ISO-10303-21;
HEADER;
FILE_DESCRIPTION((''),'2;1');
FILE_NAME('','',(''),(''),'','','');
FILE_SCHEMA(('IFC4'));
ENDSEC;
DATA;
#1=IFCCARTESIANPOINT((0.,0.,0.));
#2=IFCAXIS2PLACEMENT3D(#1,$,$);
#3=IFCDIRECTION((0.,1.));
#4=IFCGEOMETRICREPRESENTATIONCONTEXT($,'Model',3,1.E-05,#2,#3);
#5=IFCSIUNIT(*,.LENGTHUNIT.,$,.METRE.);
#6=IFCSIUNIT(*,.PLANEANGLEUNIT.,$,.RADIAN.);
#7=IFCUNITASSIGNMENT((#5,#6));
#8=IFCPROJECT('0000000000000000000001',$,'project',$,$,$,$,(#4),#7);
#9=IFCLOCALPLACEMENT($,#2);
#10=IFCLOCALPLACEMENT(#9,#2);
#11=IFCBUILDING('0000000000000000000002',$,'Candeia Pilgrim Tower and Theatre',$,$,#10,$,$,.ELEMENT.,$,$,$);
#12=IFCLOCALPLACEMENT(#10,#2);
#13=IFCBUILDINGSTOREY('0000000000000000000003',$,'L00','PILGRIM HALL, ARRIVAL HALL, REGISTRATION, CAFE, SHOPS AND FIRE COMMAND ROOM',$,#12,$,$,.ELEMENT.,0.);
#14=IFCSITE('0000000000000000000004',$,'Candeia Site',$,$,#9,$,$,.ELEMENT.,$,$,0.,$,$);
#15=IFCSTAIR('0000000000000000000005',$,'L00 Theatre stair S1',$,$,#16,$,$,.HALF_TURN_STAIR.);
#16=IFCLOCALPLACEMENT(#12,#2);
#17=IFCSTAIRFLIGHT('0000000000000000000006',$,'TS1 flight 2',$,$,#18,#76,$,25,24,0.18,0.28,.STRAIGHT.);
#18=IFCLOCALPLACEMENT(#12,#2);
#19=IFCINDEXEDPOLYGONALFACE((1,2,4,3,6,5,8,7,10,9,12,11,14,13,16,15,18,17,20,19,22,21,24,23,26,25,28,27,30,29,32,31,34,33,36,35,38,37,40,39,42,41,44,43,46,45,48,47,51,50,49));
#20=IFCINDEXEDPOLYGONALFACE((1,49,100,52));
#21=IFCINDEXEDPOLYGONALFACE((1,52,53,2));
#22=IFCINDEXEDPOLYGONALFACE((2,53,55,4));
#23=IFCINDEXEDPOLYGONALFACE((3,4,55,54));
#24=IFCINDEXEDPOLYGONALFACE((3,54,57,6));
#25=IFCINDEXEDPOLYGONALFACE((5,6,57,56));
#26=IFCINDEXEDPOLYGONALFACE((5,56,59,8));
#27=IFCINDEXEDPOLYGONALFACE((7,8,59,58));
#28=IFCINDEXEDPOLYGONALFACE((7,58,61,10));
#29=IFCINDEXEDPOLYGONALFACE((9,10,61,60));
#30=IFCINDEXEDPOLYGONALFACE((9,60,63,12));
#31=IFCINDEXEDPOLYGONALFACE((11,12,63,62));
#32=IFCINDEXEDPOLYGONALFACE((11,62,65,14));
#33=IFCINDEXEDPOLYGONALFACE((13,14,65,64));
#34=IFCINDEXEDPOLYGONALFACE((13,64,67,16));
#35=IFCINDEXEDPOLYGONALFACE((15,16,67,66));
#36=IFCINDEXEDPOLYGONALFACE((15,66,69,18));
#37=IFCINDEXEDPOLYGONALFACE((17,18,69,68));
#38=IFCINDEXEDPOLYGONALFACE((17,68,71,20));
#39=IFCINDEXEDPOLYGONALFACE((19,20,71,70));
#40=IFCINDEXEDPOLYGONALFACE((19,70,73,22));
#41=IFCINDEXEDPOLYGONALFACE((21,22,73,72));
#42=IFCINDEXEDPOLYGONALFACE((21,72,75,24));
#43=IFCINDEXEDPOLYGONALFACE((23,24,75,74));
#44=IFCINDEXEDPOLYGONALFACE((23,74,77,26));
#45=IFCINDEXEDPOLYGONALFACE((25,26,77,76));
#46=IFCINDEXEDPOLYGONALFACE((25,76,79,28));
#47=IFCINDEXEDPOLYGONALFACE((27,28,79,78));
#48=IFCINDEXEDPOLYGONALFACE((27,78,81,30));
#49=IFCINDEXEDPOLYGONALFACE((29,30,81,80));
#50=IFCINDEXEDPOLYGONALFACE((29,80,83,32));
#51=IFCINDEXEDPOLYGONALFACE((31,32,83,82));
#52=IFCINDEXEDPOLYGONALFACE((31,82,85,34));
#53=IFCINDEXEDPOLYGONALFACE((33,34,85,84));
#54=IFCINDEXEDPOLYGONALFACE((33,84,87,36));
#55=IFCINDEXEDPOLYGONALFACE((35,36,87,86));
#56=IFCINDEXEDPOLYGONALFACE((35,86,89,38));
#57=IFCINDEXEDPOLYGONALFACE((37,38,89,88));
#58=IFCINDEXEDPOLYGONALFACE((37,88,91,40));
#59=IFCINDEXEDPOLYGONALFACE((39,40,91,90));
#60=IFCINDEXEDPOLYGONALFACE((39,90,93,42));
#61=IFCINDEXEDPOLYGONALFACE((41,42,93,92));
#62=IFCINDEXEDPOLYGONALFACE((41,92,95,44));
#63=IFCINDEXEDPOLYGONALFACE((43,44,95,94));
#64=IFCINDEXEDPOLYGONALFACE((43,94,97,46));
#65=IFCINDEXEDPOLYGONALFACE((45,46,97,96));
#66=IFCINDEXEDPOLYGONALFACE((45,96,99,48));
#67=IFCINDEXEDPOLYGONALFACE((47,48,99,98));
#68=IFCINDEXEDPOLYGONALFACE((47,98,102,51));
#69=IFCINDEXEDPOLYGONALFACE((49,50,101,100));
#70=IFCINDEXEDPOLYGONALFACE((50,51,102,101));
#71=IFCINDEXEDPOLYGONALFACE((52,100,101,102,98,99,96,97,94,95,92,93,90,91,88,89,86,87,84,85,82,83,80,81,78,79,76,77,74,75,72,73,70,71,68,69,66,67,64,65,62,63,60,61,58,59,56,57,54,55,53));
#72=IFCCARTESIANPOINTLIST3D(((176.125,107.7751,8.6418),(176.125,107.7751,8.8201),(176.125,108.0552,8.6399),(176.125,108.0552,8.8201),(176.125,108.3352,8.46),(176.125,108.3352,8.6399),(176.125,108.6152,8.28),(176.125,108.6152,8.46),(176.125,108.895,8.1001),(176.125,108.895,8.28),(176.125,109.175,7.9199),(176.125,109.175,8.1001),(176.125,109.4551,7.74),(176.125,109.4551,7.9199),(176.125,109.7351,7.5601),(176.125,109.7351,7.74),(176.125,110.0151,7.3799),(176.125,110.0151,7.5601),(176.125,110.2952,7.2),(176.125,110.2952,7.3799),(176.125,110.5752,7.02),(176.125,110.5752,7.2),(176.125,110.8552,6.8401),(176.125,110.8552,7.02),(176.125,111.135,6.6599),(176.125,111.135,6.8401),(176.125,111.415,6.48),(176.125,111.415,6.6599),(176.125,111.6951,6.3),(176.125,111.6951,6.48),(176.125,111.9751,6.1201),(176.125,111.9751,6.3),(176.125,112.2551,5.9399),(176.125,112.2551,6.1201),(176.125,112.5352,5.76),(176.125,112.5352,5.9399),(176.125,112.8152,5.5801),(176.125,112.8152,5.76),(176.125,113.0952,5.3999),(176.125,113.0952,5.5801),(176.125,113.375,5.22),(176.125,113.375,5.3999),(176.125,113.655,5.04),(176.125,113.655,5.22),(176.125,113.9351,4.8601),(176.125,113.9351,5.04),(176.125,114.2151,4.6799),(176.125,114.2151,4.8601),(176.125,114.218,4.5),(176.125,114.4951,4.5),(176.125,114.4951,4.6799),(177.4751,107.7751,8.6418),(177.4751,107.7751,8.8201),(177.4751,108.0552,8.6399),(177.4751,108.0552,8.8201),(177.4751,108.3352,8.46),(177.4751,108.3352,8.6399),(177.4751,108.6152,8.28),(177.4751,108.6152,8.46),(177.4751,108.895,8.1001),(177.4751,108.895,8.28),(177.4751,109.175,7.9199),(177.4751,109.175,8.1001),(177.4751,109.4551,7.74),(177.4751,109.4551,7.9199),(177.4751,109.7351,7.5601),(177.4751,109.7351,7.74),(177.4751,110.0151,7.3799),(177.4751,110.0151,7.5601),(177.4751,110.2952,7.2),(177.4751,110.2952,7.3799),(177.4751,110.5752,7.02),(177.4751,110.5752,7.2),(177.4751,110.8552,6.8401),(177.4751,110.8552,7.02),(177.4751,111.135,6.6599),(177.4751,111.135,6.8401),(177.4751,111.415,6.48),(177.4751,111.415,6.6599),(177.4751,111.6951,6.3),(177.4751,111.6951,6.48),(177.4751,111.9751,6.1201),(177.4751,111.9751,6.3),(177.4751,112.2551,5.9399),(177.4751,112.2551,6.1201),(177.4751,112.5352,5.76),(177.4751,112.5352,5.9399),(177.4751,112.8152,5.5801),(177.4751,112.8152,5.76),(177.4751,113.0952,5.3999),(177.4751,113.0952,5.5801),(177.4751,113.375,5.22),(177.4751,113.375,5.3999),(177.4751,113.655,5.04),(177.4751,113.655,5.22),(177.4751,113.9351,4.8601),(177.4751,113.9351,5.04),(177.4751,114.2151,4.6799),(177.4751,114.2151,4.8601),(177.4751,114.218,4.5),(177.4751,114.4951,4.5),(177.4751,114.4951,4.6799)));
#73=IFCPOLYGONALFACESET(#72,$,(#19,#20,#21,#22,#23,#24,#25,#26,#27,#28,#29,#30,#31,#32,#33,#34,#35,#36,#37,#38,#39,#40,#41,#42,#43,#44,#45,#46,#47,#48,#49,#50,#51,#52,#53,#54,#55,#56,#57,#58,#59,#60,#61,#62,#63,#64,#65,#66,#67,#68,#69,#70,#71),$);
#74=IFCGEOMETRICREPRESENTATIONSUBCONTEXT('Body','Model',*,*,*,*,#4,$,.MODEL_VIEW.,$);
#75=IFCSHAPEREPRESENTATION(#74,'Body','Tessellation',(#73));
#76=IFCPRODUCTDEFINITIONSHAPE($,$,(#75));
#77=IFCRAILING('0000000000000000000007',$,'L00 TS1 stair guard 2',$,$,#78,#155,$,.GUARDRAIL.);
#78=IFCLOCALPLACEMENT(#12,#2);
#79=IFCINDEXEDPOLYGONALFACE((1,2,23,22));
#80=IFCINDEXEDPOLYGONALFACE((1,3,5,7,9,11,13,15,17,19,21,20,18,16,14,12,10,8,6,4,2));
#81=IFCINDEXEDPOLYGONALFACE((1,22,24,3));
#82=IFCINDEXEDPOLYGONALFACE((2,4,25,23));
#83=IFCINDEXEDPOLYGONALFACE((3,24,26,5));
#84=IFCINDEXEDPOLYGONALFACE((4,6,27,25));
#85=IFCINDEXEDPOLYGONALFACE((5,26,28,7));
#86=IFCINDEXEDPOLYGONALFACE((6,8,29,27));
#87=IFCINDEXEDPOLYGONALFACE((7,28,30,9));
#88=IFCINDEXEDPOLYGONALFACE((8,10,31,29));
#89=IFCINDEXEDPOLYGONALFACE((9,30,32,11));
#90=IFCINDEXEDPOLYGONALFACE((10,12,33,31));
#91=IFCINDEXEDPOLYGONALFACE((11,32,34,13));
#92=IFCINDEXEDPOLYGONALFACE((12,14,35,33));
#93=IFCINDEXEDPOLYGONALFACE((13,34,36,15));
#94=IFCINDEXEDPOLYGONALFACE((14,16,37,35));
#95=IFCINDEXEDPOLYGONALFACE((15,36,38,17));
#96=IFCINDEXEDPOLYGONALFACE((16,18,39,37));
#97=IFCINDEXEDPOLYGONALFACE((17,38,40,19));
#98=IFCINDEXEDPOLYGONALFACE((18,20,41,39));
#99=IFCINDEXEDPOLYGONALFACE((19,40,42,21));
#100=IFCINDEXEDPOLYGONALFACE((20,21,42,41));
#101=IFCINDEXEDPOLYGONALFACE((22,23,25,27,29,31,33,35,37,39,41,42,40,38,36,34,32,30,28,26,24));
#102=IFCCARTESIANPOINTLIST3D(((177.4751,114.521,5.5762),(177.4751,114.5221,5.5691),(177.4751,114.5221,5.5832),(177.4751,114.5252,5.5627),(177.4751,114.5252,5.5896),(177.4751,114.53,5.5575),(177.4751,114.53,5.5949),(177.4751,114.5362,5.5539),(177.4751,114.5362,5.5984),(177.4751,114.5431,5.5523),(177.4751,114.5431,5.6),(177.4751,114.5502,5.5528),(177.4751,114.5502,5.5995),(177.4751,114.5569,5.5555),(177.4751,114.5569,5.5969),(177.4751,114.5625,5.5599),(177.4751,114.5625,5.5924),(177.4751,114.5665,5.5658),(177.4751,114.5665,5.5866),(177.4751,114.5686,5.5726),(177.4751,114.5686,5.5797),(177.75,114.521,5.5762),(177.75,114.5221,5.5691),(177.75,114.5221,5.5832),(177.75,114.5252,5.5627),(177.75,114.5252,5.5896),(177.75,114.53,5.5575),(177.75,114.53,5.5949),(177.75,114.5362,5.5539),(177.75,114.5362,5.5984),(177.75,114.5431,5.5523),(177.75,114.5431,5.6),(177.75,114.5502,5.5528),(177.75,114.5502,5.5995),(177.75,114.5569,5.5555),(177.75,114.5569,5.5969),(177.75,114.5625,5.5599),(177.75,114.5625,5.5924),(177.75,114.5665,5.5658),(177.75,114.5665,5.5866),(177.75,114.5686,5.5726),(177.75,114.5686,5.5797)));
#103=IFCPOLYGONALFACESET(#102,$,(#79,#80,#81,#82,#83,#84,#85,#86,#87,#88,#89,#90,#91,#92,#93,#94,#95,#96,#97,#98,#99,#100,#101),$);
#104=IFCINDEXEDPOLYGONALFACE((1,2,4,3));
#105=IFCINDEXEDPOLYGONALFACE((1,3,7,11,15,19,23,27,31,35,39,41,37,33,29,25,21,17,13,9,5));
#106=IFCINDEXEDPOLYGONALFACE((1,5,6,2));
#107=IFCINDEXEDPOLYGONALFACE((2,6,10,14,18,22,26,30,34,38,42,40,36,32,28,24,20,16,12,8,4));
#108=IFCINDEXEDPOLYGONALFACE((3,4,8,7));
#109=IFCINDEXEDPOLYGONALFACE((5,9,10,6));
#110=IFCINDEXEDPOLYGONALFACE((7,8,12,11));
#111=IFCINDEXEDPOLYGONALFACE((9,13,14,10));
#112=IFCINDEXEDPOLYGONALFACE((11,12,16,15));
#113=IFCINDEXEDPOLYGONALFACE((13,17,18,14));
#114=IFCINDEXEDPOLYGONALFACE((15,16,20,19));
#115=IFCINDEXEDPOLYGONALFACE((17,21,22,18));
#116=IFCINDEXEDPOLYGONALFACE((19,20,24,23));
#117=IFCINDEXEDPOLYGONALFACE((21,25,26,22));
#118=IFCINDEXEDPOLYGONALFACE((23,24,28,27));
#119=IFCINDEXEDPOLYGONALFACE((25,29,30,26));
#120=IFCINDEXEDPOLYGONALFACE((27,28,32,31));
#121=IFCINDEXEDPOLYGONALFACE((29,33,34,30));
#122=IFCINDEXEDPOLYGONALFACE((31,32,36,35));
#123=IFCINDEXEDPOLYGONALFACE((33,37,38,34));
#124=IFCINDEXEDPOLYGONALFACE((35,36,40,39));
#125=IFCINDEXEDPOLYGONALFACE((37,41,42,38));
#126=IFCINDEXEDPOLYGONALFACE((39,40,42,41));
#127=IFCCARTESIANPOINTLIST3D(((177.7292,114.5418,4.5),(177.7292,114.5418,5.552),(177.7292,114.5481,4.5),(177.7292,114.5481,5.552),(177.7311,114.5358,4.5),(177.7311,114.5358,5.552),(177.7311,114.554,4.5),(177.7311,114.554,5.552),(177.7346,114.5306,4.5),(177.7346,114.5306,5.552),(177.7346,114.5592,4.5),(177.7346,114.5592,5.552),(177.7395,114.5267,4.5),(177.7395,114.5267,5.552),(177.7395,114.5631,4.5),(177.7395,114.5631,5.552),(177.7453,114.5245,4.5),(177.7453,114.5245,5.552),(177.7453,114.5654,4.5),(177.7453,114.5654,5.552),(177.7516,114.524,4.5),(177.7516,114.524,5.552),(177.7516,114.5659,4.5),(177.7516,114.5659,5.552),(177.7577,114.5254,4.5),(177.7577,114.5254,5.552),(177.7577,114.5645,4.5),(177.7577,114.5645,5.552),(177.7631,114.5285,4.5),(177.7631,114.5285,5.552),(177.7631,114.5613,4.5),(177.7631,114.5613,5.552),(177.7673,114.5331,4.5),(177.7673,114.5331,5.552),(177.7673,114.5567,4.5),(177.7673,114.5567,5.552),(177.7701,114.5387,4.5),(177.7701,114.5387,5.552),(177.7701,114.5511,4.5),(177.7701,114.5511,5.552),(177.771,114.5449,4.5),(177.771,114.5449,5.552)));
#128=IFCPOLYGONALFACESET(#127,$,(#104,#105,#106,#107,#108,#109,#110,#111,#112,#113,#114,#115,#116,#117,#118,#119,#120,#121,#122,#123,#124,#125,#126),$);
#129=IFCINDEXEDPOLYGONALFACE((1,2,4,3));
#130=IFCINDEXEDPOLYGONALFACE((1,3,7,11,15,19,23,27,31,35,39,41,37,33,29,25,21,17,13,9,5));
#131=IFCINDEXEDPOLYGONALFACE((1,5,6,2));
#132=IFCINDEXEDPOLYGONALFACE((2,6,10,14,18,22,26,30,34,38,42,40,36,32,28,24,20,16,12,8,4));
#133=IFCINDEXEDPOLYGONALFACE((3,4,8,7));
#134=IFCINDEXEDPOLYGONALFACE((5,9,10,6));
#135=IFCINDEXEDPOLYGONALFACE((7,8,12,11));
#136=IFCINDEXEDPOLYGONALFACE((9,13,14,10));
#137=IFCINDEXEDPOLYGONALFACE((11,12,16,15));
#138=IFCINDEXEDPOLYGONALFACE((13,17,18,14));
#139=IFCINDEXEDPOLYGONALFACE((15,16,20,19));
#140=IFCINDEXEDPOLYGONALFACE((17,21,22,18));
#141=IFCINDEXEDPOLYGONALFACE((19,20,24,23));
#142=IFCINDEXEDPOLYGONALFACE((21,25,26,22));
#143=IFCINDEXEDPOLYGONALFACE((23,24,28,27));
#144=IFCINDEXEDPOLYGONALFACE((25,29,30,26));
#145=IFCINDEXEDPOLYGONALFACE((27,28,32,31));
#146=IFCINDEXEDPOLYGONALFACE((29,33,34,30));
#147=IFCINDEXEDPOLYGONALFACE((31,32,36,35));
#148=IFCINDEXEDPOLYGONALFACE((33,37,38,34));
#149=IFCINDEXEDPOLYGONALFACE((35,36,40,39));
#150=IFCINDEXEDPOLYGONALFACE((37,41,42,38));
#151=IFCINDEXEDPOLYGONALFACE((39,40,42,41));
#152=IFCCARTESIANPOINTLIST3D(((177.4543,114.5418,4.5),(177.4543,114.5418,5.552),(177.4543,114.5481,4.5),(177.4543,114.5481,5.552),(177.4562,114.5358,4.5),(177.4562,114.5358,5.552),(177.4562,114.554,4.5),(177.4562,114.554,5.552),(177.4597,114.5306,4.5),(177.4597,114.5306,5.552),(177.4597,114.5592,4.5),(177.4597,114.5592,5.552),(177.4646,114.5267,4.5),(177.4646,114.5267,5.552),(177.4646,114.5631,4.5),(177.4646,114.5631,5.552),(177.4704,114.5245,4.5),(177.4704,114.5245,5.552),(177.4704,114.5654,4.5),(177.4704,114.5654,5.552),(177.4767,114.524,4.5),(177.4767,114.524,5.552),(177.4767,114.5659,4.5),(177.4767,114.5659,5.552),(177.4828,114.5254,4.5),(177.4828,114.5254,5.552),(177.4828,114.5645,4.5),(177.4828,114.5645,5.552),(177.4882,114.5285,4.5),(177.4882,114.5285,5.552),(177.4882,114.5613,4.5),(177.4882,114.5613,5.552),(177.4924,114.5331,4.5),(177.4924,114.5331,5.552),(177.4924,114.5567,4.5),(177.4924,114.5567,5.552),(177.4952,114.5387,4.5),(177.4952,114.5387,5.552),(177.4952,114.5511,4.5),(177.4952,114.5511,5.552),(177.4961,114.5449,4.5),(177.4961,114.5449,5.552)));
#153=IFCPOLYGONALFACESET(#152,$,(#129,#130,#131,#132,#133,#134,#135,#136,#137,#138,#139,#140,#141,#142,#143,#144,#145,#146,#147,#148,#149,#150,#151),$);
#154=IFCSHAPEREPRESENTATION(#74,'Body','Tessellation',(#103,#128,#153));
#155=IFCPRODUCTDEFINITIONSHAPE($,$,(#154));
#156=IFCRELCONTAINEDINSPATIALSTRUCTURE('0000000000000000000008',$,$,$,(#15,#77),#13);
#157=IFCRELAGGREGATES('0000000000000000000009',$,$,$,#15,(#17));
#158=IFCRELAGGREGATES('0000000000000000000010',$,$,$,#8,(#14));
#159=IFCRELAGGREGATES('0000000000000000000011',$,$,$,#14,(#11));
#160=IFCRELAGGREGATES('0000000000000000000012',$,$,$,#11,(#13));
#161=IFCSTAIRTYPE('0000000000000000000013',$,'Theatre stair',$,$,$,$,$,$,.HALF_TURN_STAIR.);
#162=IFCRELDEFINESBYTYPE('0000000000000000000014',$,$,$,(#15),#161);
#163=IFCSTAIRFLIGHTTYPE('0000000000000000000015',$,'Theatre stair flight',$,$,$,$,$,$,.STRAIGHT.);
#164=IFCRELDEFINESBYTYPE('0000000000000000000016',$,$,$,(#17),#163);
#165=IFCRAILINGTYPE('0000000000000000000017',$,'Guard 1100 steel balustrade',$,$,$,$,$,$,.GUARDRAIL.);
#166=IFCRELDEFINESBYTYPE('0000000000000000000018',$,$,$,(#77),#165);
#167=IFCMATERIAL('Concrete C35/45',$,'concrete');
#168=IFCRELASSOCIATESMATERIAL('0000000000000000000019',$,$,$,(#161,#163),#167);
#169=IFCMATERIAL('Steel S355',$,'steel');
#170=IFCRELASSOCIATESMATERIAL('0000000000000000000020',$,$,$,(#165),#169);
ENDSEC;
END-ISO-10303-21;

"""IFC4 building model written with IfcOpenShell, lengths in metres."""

from ifc_helpers import new_model, si_unit, direction, frame, origin, origin_2d, place, context, subcontext, project, spatial, polyline, circle, outline, extrude, material, type_object, element, aggregate, save


model = new_model("IFC4")

# Units and contexts
model_context = context("Model", 3, precision=1e-05, world=origin(), true_north=direction((0.0, 1.0)))
body_context = subcontext(model_context, "Body", "Model", "MODEL_VIEW")
ifc_project = project(units=[si_unit("LENGTHUNIT", "METRE"), si_unit("PLANEANGLEUNIT", "RADIAN")], contexts=[model_context])

# Site, building, storey
site_placement = place(None, origin())
site = spatial("IfcSite", under=ifc_project, at=site_placement, Name="Candeia Site", CompositionType="ELEMENT", RefElevation=0.0)
building_placement = place(site_placement, origin())
building = spatial("IfcBuilding", under=site, at=building_placement, Name="Candeia Pilgrim Tower and Theatre", CompositionType="ELEMENT")
storey_placement = place(building_placement, origin())
storey = spatial("IfcBuildingStorey", under=building, at=storey_placement, Name="L00", Description="PILGRIM HALL, ARRIVAL HALL, REGISTRATION, CAFE, SHOPS AND FIRE COMMAND ROOM", CompositionType="ELEMENT", Elevation=0.0)

# Shared definitions
ifc_material_1 = material(Name="Concrete C35/45", Category="concrete")

# Stair, stair flight
stair_type_1 = type_object("IfcStairType", Name="Theatre stair", PredefinedType="HALF_TURN_STAIR", material=ifc_material_1)
stair_1_placement = place(storey_placement, origin())
stair_1 = element("IfcStair", 1, at=stair_1_placement, inside=storey, type_object=stair_type_1, Name="L00 Theatre stair S1", PredefinedType="HALF_TURN_STAIR")
stair_flight_type_1 = type_object("IfcStairFlightType", Name="Theatre stair flight", PredefinedType="STRAIGHT", material=ifc_material_1)
stair_flight_1_placement = place(storey_placement, frame((176.8, 114.4951, 4.5), z_axis=(0.0, 0.0, 1.0), x_axis=(0.0, -1.0, 0.0)))
stair_flight_1 = element("IfcStairFlight", 2, at=stair_flight_1_placement, type_object=stair_flight_type_1, Name="TS1 flight 2", NumberOfRisers=25, NumberOfTreads=24, PredefinedType="STRAIGHT", RiserHeight=0.18, TreadLength=0.28, context=body_context, shape_type="SweptSolid", body=[
    extrude(outline(polyline([(0.0, 0.0), (0.0, 0.1799), (0.28, 0.1799), (0.28, 0.3601), (0.5601, 0.3601), (0.5601, 0.54), (0.8401, 0.54), (0.8401, 0.72), (1.1201, 0.72), (1.1201, 0.8999), (1.3999, 0.8999), (1.3999, 1.0801), (1.6799, 1.0801), (1.6799, 1.26), (1.96, 1.26), (1.96, 1.4399), (2.24, 1.4399), (2.24, 1.6201), (2.52, 1.6201), (2.52, 1.8), (2.8, 1.8), (2.8, 1.98), (3.0801, 1.98), (3.0801, 2.1599), (3.3601, 2.1599), (3.3601, 2.3401), (3.6399, 2.3401), (3.6399, 2.52), (3.9199, 2.52), (3.9199, 2.7), (4.2, 2.7), (4.2, 2.8799), (4.48, 2.8799), (4.48, 3.0601), (4.76, 3.0601), (4.76, 3.24), (5.04, 3.24), (5.04, 3.4199), (5.3201, 3.4199), (5.3201, 3.6001), (5.6001, 3.6001), (5.6001, 3.78), (5.8799, 3.78), (5.8799, 3.96), (6.1599, 3.96), (6.1599, 4.1399), (6.4399, 4.1399), (6.4399, 4.3201), (6.72, 4.3201), (6.72, 4.5), (6.72, 4.1418), (0.2771, 0.0), (0.0, 0.0)])), frame((0.0, 0.675, 0.0), z_axis=(0.0, -1.0, 0.0), x_axis=(1.0, 0.0, 0.0)), (0.0, 0.0, 1.0), 1.3501),
])
aggregate(stair_1, [stair_flight_1])

# Railing
ifc_material_2 = material(Name="Steel S355", Category="steel")
railing_type_1 = type_object("IfcRailingType", Name="Guard 1100 steel balustrade", PredefinedType="GUARDRAIL", material=ifc_material_2)
railing_1_placement = place(storey_placement, frame((177.75, 114.5449, 4.5)))
element("IfcRailing", 3, at=railing_1_placement, inside=storey, type_object=railing_type_1, Name="L00 TS1 stair guard 2", PredefinedType="GUARDRAIL", context=body_context, shape_type="SweptSolid", body=[
    extrude(circle(Radius=0.0239, at=origin_2d()), frame((0.0, 0.0, 1.0762), z_axis=(-1.0, 0.0, 0.0), x_axis=(0.0, -1.0, 0.0)), (0.0, 0.0, 1.0), 0.2749),
    extrude(circle(Radius=0.021, at=origin_2d()), origin(), (0.0, 0.0, 1.0), 1.052),
    extrude(circle(Radius=0.021, at=origin_2d()), frame((-0.2749, 0.0, 0.0)), (0.0, 0.0, 1.0), 1.052),
])

save(model, "model.ifc")
